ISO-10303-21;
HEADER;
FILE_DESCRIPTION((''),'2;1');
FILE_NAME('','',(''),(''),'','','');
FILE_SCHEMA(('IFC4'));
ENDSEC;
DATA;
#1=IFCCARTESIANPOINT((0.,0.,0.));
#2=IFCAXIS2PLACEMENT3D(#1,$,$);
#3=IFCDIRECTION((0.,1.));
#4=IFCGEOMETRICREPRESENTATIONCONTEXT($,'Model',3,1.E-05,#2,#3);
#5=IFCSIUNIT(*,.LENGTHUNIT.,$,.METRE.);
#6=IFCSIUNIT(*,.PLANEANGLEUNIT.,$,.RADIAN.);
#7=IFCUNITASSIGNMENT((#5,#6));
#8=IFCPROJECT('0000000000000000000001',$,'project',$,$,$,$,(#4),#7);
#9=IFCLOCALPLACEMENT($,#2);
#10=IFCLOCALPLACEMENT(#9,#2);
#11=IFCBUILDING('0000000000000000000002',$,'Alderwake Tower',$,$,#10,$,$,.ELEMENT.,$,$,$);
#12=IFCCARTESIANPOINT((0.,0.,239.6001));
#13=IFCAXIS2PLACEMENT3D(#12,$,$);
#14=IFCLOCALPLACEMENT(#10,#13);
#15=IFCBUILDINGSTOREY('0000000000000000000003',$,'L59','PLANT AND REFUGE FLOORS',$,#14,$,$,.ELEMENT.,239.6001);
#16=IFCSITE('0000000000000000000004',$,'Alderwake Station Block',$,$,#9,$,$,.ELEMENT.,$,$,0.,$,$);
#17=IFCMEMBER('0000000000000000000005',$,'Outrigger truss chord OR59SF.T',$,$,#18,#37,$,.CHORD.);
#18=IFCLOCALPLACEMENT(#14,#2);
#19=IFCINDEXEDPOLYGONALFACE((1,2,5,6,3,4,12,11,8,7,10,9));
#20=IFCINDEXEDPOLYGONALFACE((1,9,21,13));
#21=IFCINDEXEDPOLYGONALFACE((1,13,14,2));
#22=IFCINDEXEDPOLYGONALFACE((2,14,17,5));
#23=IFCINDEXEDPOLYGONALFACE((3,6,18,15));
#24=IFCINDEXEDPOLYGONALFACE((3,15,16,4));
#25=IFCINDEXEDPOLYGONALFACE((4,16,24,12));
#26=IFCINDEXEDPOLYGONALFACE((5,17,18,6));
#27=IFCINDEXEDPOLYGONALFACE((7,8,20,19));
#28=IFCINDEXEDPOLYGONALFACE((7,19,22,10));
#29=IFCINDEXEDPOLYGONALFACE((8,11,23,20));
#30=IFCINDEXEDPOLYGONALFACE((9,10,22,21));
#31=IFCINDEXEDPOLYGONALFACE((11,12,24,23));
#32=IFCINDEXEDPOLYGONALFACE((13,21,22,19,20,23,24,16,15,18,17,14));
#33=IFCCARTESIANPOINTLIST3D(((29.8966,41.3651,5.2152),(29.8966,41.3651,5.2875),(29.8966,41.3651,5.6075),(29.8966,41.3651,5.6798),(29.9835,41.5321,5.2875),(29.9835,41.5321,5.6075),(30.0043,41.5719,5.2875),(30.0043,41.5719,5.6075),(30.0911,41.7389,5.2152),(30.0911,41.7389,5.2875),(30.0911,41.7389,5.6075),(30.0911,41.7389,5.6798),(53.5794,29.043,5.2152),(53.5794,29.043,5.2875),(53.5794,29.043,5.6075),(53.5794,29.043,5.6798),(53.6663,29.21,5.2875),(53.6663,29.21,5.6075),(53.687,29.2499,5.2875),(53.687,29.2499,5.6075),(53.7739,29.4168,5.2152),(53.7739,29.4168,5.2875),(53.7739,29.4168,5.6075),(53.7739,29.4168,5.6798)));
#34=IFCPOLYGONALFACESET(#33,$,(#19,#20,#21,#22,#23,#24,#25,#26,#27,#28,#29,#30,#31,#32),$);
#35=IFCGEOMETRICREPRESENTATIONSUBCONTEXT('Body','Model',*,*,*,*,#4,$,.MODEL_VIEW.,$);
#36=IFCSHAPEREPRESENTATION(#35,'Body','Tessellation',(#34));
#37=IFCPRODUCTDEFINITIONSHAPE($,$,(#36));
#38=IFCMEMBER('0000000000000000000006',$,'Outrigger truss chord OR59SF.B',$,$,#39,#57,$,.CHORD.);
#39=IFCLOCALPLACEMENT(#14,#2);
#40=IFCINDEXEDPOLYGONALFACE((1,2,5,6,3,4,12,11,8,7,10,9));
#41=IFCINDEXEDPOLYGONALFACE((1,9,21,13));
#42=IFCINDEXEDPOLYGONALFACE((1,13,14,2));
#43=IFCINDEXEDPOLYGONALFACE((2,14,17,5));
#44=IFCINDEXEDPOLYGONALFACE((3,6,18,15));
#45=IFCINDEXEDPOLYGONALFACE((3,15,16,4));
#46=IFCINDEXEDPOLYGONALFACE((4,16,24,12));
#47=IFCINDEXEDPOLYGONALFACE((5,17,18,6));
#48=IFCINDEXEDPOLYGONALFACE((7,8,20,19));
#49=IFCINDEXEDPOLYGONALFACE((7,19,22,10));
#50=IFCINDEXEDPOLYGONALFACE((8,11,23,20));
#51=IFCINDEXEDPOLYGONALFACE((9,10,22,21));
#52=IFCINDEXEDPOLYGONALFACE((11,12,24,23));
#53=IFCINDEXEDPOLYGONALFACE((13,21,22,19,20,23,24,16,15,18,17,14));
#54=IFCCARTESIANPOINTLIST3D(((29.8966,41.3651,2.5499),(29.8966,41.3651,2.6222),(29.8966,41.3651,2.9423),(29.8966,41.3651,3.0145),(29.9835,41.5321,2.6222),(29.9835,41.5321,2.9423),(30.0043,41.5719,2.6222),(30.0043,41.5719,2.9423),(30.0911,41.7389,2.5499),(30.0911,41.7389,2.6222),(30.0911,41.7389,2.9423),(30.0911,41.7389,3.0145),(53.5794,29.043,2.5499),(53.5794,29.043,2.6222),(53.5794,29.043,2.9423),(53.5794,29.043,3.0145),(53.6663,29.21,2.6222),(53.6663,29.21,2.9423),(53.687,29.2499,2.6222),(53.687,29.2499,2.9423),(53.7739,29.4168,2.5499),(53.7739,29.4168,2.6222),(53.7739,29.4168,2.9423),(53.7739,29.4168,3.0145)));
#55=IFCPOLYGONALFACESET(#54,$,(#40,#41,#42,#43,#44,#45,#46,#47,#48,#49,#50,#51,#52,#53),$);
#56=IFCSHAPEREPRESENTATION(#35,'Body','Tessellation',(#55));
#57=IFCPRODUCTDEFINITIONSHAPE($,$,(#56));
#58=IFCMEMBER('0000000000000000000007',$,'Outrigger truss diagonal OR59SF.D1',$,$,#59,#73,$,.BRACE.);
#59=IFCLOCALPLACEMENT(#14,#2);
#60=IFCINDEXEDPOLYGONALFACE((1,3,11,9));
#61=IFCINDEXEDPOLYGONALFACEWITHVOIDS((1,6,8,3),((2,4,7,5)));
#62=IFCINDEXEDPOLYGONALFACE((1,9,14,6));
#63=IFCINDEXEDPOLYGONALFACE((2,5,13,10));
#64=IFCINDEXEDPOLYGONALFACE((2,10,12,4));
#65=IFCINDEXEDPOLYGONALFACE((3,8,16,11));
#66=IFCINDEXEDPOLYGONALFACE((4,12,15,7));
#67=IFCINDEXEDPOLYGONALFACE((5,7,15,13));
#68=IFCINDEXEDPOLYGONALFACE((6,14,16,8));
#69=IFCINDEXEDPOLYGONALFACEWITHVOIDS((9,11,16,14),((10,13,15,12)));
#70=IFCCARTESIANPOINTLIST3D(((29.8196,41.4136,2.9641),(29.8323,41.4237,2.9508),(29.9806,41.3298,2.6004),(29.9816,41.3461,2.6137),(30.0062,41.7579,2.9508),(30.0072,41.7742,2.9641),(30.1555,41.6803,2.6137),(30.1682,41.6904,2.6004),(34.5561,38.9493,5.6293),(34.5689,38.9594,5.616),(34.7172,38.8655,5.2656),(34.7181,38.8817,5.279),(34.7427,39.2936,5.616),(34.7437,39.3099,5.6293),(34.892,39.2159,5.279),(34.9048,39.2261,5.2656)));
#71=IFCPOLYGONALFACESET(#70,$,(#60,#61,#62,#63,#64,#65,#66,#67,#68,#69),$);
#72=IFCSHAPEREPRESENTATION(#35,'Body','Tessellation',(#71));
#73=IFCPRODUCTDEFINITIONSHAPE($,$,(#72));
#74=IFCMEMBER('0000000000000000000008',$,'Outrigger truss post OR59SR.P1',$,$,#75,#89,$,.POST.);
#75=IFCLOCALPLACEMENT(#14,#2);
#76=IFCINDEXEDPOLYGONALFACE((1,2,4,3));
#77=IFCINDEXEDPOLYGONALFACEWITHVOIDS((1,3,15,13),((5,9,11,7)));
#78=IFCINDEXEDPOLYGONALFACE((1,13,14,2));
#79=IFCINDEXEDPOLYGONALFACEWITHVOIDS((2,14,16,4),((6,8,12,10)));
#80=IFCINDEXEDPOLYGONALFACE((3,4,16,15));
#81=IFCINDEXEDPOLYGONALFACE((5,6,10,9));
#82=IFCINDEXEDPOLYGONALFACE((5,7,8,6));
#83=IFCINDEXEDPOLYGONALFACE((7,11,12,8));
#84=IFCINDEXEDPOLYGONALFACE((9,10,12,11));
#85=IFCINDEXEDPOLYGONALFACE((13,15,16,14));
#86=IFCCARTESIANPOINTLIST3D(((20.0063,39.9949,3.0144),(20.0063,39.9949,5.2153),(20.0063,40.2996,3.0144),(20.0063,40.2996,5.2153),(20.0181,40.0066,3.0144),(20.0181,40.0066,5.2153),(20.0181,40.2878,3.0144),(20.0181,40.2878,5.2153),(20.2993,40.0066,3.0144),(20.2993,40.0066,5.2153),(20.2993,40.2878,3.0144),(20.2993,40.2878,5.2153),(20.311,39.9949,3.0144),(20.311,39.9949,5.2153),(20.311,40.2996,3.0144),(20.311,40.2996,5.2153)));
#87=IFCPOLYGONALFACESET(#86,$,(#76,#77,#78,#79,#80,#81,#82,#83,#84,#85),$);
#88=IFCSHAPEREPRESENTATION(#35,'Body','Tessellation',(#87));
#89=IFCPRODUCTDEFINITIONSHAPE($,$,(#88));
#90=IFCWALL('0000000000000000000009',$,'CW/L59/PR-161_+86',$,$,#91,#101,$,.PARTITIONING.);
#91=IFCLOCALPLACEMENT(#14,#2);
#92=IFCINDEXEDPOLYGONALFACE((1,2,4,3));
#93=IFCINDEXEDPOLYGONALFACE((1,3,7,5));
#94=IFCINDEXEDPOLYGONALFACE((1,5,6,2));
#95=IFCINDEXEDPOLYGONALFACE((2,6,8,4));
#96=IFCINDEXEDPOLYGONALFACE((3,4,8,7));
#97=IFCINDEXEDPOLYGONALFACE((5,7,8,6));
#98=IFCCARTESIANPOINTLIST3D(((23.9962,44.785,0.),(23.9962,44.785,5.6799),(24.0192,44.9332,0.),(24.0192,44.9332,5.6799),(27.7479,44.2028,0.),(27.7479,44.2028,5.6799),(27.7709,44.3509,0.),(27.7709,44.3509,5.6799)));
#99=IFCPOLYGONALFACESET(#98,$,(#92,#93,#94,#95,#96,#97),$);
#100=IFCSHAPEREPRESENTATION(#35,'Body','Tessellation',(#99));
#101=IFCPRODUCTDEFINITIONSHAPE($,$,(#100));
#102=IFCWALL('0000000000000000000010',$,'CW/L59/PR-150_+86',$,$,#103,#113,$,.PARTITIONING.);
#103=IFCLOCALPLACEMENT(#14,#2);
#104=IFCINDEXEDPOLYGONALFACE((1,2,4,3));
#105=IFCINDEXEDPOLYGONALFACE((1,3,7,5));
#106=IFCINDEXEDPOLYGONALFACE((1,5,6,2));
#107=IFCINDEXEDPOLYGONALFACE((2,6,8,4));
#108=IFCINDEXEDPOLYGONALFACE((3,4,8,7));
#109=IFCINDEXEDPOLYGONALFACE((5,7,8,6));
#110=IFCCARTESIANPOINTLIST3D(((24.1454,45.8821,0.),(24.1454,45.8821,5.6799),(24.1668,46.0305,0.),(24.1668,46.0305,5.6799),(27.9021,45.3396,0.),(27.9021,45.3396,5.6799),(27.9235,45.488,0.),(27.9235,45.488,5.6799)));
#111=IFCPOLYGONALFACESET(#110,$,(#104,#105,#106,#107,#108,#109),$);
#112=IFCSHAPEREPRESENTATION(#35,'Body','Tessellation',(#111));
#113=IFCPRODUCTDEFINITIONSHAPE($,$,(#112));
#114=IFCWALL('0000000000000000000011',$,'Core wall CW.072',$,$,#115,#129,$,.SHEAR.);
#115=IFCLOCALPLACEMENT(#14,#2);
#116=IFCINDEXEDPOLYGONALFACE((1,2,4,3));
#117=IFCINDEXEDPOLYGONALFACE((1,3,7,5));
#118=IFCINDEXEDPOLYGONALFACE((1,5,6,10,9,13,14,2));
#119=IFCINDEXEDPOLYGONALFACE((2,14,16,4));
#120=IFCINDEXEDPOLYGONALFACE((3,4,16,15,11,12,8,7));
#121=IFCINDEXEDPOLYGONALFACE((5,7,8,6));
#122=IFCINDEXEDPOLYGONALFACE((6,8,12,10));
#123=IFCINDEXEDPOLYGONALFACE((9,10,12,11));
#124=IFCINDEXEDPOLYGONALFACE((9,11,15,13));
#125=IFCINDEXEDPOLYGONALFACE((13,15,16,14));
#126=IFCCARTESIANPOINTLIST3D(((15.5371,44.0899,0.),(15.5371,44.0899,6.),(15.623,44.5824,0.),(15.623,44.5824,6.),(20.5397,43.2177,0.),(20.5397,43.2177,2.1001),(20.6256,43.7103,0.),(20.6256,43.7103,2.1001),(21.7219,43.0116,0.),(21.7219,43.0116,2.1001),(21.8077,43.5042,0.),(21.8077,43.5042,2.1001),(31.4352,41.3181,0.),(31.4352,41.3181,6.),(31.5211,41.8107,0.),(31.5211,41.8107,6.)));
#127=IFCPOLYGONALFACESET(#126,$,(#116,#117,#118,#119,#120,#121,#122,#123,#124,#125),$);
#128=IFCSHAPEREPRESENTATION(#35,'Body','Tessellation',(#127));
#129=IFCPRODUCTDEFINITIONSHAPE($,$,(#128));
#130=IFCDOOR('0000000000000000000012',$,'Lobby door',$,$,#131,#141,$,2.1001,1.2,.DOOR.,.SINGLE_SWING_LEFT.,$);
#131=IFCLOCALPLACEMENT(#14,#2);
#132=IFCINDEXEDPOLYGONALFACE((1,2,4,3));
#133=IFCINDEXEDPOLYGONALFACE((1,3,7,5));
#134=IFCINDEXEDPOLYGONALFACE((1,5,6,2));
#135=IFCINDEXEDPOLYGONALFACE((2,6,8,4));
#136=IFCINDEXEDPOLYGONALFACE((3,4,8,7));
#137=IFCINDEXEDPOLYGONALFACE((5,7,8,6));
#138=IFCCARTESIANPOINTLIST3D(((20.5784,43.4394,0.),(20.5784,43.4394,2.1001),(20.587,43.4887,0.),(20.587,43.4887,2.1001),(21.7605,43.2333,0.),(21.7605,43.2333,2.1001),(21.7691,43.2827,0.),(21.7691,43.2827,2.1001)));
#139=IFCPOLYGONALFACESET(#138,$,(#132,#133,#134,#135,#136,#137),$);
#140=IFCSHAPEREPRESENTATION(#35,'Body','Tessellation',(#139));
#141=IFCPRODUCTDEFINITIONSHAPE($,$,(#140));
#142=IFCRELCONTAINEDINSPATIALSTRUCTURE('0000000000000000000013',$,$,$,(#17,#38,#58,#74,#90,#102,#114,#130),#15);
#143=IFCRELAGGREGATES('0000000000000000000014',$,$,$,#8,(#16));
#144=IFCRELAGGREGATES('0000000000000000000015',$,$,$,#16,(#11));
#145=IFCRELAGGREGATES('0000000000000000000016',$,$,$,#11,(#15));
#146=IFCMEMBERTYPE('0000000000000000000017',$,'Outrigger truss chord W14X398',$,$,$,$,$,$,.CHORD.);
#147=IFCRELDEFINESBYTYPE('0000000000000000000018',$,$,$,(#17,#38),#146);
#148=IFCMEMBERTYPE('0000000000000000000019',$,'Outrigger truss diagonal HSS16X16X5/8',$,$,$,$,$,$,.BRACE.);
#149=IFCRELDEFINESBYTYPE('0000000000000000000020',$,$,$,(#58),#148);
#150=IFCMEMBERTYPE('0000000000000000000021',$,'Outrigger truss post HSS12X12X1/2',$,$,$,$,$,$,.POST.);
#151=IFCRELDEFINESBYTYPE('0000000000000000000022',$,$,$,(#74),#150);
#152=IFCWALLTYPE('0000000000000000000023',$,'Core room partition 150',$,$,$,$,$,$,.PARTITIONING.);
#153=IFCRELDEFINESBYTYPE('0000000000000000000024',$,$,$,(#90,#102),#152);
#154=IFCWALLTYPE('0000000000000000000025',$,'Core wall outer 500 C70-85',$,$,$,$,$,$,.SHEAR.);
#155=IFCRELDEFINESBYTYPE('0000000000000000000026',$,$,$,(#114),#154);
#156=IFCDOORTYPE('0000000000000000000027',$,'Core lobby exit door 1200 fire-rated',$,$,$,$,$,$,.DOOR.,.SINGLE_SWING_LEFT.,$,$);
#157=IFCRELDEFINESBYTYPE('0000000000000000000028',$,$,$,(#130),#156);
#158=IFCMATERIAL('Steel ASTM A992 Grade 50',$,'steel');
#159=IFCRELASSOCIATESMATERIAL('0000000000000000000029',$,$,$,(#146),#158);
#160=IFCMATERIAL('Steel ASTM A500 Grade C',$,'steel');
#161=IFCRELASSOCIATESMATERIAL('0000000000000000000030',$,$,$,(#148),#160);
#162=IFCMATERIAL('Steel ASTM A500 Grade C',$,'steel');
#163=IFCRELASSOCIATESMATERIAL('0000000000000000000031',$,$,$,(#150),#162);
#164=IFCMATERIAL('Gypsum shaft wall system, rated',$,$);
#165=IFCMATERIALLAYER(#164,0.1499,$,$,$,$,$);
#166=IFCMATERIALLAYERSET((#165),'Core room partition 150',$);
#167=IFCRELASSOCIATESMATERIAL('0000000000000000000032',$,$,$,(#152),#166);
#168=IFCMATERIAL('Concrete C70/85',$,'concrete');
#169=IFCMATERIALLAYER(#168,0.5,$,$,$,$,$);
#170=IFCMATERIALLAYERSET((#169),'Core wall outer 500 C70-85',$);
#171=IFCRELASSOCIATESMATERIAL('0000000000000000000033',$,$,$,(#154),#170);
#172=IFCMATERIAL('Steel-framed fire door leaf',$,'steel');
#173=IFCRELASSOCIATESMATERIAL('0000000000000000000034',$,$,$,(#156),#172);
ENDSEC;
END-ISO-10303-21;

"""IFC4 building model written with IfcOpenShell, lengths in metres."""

from ifc_helpers import new_model, si_unit, direction, frame, frame_2d, origin, origin_2d, place, context, subcontext, project, spatial, rectangle, hollow_rectangle, i_section, extrude, material, layer, layer_set, material_profile, profile_set, type_object, element, fill, save


model = new_model("IFC4")

# Units and contexts
model_context = context("Model", 3, precision=1e-05, world=origin(), true_north=direction((0.0, 1.0)))
body_context = subcontext(model_context, "Body", "Model", "MODEL_VIEW")
ifc_project = project(units=[si_unit("LENGTHUNIT", "METRE"), si_unit("PLANEANGLEUNIT", "RADIAN")], contexts=[model_context])

# Site, building, storey
site_placement = place(None, origin())
site = spatial("IfcSite", under=ifc_project, at=site_placement, Name="Alderwake Station Block", CompositionType="ELEMENT", RefElevation=0.0)
building_placement = place(site_placement, origin())
building = spatial("IfcBuilding", under=site, at=building_placement, Name="Alderwake Tower", CompositionType="ELEMENT")
storey_placement = place(building_placement, frame((0.0, 0.0, 239.6001)))
storey = spatial("IfcBuildingStorey", under=building, at=storey_placement, Name="L59", Description="PLANT AND REFUGE FLOORS", CompositionType="ELEMENT", Elevation=239.6001)

# Members
ifc_material_1 = material(Name="Steel ASTM A992 Grade 50", Category="steel")
ifc_material_profile_1 = material_profile(ifc_material_1, i_section(OverallWidth=0.4214, OverallDepth=0.4646, WebThickness=0.0449, FlangeThickness=0.0723, at=origin_2d()), Name="W14X398")
ifc_profile_set_1 = profile_set([ifc_material_profile_1], Name="Steel ASTM A992 Grade 50")
member_type_1 = type_object("IfcMemberType", Name="Outrigger truss chord W14X398", PredefinedType="CHORD", material=ifc_profile_set_1)
for number, where, z_axis, x_axis, name in (
    (1, (29.9939, 41.552, 5.4475), (0.887109, -0.461561, 0.0), (0.461561, 0.887109, 0.0), "Outrigger truss chord OR59SF.T"),
    (2, (29.9939, 41.552, 2.7822), (0.887109, -0.461561, 0.0), (0.461561, 0.887109, 0.0), "Outrigger truss chord OR59SF.B"),
):
    element("IfcMember", number, at=place(storey_placement, frame(where, z_axis=z_axis, x_axis=x_axis)), inside=storey, type_object=member_type_1, Name=name, PredefinedType="CHORD", context=body_context, shape_type="SweptSolid", body=[
        extrude(i_section(OverallWidth=0.4214, OverallDepth=0.4646, WebThickness=0.0449, FlangeThickness=0.0723, at=origin_2d()), origin(), (0.0, 0.0, 1.0), 26.6965),
    ])
ifc_material_2 = material(Name="Steel ASTM A500 Grade C", Category="steel")
ifc_material_profile_2 = material_profile(ifc_material_2, hollow_rectangle(XDim=0.4065, YDim=0.4065, WallThickness=0.0149, at=origin_2d()), Name="HSS16X16X5/8")
ifc_profile_set_2 = profile_set([ifc_material_profile_2], Name="Steel ASTM A500 Grade C")
member_type_2 = type_object("IfcMemberType", Name="Outrigger truss diagonal HSS16X16X5/8", PredefinedType="BRACE", material=ifc_profile_set_2)
member_1_placement = place(storey_placement, frame((29.9939, 41.552, 2.7822), z_axis=(0.793719, -0.412958, 0.446628), x_axis=(0.46155, 0.887114, 0.0)))
element("IfcMember", 3, at=member_1_placement, inside=storey, type_object=member_type_2, Name="Outrigger truss diagonal OR59SF.D1", PredefinedType="BRACE", context=body_context, shape_type="SweptSolid", body=[
    extrude(hollow_rectangle(XDim=0.4065, YDim=0.4065, WallThickness=0.0149, at=origin_2d()), origin(), (0.0, 0.0, 1.0), 5.9675),
])
ifc_material_3 = material(Name="Steel ASTM A500 Grade C", Category="steel")
ifc_material_profile_3 = material_profile(ifc_material_3, hollow_rectangle(XDim=0.3047, YDim=0.3047, WallThickness=0.0117, at=origin_2d()), Name="HSS12X12X1/2")
ifc_profile_set_3 = profile_set([ifc_material_profile_3], Name="Steel ASTM A500 Grade C")
member_type_3 = type_object("IfcMemberType", Name="Outrigger truss post HSS12X12X1/2", PredefinedType="POST", material=ifc_profile_set_3)
member_2_placement = place(storey_placement, frame((20.1587, 40.1472, 3.0144), z_axis=(0.0, 0.0, 1.0), x_axis=(1.0, 0.0, 0.0)))
element("IfcMember", 4, at=member_2_placement, inside=storey, type_object=member_type_3, Name="Outrigger truss post OR59SR.P1", PredefinedType="POST", context=body_context, shape_type="SweptSolid", body=[
    extrude(hollow_rectangle(XDim=0.3047, YDim=0.3047, WallThickness=0.0117, at=origin_2d()), origin(), (0.0, 0.0, 1.0), 2.2009),
])

# Walls
ifc_material_4 = material(Name="Gypsum shaft wall system, rated")
ifc_layer_1 = layer(ifc_material_4, 0.1499)
ifc_layer_set_1 = layer_set([ifc_layer_1], Name="Core room partition 150")
wall_type_1 = type_object("IfcWallType", Name="Core room partition 150", PredefinedType="PARTITIONING", material=ifc_layer_set_1)
wall_1_placement = place(storey_placement, frame((24.0076, 44.8591, 0.0), z_axis=(0.0, 0.0, 1.0), x_axis=(0.988169, -0.153367, 0.0)))
element("IfcWall", 5, at=wall_1_placement, inside=storey, type_object=wall_type_1, Name="CW/L59/PR-161_+86", PredefinedType="PARTITIONING", context=body_context, shape_type="SweptSolid", body=[
    extrude(rectangle(XDim=3.7966, YDim=0.1499, at=frame_2d((1.8984, 0.0))), origin(), (0.0, 0.0, 1.0), 5.6799),
])
wall_2_placement = place(storey_placement, frame((24.156, 45.9563, 0.0), z_axis=(0.0, 0.0, 1.0), x_axis=(0.989734, -0.142925, 0.0)))
element("IfcWall", 6, at=wall_2_placement, inside=storey, type_object=wall_type_1, Name="CW/L59/PR-150_+86", PredefinedType="PARTITIONING", context=body_context, shape_type="SweptSolid", body=[
    extrude(rectangle(XDim=3.7957, YDim=0.1499, at=frame_2d((1.8979, 0.0))), origin(), (0.0, 0.0, 1.0), 5.6799),
])

# Wall, opening, door
ifc_material_5 = material(Name="Concrete C70/85", Category="concrete")
ifc_layer_2 = layer(ifc_material_5, 0.5)
ifc_layer_set_2 = layer_set([ifc_layer_2], Name="Core wall outer 500 C70-85")
wall_type_2 = type_object("IfcWallType", Name="Core wall outer 500 C70-85", PredefinedType="SHEAR", material=ifc_layer_set_2)
wall_3_placement = place(storey_placement, frame((31.478, 41.5645, 0.0), z_axis=(0.0, 0.0, 1.0), x_axis=(-0.98514, 0.171752, 0.0)))
wall_3 = element("IfcWall", 7, at=wall_3_placement, inside=storey, type_object=wall_type_2, Name="Core wall CW.072", PredefinedType="SHEAR", context=body_context, shape_type="SweptSolid", body=[
    extrude(rectangle(XDim=16.1379, YDim=0.5, at=frame_2d((8.0688, 0.0))), origin(), (0.0, 0.0, 1.0), 6.0),
])
opening_1_placement = place(wall_3_placement, frame((9.8596, 0.0, 0.0)))
opening_1 = element("IfcOpeningElement", 8, at=opening_1_placement, cuts=wall_3, PredefinedType="OPENING", context=body_context, shape_type="SweptSolid", body=[
    extrude(rectangle(XDim=1.2, YDim=2.1001, at=frame_2d((0.6001, 1.05))), frame((0.0, 0.26, 0.0), z_axis=(0.0, -1.0, 0.0), x_axis=(1.0, 0.0, 0.0)), (0.0, 0.0, 1.0), 0.52),
])
ifc_material_6 = material(Name="Steel-framed fire door leaf", Category="steel")
door_type_1 = type_object("IfcDoorType", Name="Core lobby exit door 1200 fire-rated", OperationType="SINGLE_SWING_LEFT", PredefinedType="DOOR", material=ifc_material_6)
door_1_placement = place(opening_1_placement, origin())
door_1 = element("IfcDoor", 9, at=door_1_placement, inside=storey, type_object=door_type_1, Name="Lobby door", OperationType="SINGLE_SWING_LEFT", OverallHeight=2.1001, OverallWidth=1.2, PredefinedType="DOOR", context=body_context, shape_type="SweptSolid", body=[
    extrude(rectangle(XDim=1.2, YDim=2.1001, at=frame_2d((0.6001, 1.05))), frame((0.0, 0.0249, 0.0), z_axis=(0.0, -1.0, 0.0), x_axis=(1.0, 0.0, 0.0)), (0.0, 0.0, 1.0), 0.05),
])
fill(opening_1, door_1)

save(model, "model.ifc")
